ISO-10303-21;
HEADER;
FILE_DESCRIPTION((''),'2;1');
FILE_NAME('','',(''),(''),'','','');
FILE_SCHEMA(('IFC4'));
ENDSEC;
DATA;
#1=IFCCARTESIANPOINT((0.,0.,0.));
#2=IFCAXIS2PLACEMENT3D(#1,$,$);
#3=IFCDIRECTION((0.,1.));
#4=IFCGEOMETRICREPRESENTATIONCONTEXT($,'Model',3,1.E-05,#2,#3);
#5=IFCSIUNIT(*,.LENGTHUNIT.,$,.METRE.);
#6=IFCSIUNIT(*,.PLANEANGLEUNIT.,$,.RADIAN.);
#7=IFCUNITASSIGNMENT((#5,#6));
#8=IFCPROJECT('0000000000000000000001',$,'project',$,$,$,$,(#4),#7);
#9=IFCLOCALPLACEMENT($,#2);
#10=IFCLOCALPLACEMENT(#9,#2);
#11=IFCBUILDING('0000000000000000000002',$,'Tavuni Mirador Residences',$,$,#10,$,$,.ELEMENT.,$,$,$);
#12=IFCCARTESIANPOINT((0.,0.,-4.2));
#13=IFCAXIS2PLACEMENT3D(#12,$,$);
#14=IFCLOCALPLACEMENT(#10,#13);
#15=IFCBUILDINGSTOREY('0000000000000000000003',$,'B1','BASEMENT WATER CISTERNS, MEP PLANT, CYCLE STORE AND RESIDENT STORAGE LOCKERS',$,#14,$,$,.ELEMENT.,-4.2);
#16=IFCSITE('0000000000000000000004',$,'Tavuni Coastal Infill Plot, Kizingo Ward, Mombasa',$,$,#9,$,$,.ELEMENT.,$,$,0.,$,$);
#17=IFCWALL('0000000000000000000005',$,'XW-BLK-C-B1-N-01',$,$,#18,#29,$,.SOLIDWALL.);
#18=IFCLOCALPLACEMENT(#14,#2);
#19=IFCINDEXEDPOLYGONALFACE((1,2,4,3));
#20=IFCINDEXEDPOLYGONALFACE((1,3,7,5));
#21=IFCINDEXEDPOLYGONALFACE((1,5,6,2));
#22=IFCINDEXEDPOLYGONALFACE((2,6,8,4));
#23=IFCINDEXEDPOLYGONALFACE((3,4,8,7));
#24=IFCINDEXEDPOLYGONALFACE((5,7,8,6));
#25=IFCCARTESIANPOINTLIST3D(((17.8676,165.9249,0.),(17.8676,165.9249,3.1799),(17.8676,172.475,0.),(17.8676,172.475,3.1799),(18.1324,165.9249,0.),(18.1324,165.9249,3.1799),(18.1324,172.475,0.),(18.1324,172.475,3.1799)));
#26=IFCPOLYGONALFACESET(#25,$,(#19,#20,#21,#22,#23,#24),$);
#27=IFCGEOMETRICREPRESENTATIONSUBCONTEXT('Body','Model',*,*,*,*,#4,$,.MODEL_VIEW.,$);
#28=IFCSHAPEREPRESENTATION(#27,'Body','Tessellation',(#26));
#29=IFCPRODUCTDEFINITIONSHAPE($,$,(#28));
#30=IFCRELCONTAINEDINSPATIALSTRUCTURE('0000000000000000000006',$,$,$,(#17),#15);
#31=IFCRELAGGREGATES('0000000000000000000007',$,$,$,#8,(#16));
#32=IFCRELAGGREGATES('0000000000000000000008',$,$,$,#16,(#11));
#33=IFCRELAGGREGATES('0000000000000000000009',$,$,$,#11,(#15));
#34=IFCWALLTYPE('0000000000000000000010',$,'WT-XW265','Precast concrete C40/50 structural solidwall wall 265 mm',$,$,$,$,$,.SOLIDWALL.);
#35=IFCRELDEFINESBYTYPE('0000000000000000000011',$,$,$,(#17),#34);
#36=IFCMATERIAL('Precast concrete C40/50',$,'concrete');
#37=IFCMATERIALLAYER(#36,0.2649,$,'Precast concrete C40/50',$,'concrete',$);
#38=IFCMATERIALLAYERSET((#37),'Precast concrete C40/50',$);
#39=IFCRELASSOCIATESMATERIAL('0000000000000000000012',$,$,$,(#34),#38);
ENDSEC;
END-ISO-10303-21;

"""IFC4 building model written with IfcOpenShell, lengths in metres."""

from ifc_helpers import new_model, si_unit, direction, frame, frame_2d, origin, place, context, subcontext, project, spatial, rectangle, extrude, material, layer, layer_set, type_object, element, save


model = new_model("IFC4")

# Units and contexts
model_context = context("Model", 3, precision=1e-05, world=origin(), true_north=direction((0.0, 1.0)))
body_context = subcontext(model_context, "Body", "Model", "MODEL_VIEW")
ifc_project = project(units=[si_unit("LENGTHUNIT", "METRE"), si_unit("PLANEANGLEUNIT", "RADIAN")], contexts=[model_context])

# Site, building, storey
site_placement = place(None, origin())
site = spatial("IfcSite", under=ifc_project, at=site_placement, Name="Tavuni Coastal Infill Plot, Kizingo Ward, Mombasa", CompositionType="ELEMENT", RefElevation=0.0)
building_placement = place(site_placement, origin())
building = spatial("IfcBuilding", under=site, at=building_placement, Name="Tavuni Mirador Residences", CompositionType="ELEMENT")
storey_placement = place(building_placement, frame((0.0, 0.0, -4.2)))
storey = spatial("IfcBuildingStorey", under=building, at=storey_placement, Name="B1", Description="BASEMENT WATER CISTERNS, MEP PLANT, CYCLE STORE AND RESIDENT STORAGE LOCKERS", CompositionType="ELEMENT", Elevation=-4.2)

# Shared definitions
ifc_material_1 = material(Name="Precast concrete C40/50", Category="concrete")

# Wall
ifc_layer_1 = layer(ifc_material_1, 0.2649, Name="Precast concrete C40/50", Category="concrete")
ifc_layer_set_1 = layer_set([ifc_layer_1], Name="Precast concrete C40/50")
wall_type_1 = type_object("IfcWallType", Name="WT-XW265", Description="Precast concrete C40/50 structural solidwall wall 265 mm", PredefinedType="SOLIDWALL", material=ifc_layer_set_1)
wall_1_placement = place(storey_placement, frame((18.0, 165.925, 0.0), z_axis=(0.0, 0.0, 1.0), x_axis=(0.0, 1.0, 0.0)))
element("IfcWall", 1, at=wall_1_placement, inside=storey, type_object=wall_type_1, Name="XW-BLK-C-B1-N-01", PredefinedType="SOLIDWALL", context=body_context, shape_type="SweptSolid", body=[
    extrude(rectangle(XDim=6.55, YDim=0.2649, at=frame_2d((3.2749, 0.0))), origin(), (0.0, 0.0, 1.0), 3.1799),
])

save(model, "model.ifc")
